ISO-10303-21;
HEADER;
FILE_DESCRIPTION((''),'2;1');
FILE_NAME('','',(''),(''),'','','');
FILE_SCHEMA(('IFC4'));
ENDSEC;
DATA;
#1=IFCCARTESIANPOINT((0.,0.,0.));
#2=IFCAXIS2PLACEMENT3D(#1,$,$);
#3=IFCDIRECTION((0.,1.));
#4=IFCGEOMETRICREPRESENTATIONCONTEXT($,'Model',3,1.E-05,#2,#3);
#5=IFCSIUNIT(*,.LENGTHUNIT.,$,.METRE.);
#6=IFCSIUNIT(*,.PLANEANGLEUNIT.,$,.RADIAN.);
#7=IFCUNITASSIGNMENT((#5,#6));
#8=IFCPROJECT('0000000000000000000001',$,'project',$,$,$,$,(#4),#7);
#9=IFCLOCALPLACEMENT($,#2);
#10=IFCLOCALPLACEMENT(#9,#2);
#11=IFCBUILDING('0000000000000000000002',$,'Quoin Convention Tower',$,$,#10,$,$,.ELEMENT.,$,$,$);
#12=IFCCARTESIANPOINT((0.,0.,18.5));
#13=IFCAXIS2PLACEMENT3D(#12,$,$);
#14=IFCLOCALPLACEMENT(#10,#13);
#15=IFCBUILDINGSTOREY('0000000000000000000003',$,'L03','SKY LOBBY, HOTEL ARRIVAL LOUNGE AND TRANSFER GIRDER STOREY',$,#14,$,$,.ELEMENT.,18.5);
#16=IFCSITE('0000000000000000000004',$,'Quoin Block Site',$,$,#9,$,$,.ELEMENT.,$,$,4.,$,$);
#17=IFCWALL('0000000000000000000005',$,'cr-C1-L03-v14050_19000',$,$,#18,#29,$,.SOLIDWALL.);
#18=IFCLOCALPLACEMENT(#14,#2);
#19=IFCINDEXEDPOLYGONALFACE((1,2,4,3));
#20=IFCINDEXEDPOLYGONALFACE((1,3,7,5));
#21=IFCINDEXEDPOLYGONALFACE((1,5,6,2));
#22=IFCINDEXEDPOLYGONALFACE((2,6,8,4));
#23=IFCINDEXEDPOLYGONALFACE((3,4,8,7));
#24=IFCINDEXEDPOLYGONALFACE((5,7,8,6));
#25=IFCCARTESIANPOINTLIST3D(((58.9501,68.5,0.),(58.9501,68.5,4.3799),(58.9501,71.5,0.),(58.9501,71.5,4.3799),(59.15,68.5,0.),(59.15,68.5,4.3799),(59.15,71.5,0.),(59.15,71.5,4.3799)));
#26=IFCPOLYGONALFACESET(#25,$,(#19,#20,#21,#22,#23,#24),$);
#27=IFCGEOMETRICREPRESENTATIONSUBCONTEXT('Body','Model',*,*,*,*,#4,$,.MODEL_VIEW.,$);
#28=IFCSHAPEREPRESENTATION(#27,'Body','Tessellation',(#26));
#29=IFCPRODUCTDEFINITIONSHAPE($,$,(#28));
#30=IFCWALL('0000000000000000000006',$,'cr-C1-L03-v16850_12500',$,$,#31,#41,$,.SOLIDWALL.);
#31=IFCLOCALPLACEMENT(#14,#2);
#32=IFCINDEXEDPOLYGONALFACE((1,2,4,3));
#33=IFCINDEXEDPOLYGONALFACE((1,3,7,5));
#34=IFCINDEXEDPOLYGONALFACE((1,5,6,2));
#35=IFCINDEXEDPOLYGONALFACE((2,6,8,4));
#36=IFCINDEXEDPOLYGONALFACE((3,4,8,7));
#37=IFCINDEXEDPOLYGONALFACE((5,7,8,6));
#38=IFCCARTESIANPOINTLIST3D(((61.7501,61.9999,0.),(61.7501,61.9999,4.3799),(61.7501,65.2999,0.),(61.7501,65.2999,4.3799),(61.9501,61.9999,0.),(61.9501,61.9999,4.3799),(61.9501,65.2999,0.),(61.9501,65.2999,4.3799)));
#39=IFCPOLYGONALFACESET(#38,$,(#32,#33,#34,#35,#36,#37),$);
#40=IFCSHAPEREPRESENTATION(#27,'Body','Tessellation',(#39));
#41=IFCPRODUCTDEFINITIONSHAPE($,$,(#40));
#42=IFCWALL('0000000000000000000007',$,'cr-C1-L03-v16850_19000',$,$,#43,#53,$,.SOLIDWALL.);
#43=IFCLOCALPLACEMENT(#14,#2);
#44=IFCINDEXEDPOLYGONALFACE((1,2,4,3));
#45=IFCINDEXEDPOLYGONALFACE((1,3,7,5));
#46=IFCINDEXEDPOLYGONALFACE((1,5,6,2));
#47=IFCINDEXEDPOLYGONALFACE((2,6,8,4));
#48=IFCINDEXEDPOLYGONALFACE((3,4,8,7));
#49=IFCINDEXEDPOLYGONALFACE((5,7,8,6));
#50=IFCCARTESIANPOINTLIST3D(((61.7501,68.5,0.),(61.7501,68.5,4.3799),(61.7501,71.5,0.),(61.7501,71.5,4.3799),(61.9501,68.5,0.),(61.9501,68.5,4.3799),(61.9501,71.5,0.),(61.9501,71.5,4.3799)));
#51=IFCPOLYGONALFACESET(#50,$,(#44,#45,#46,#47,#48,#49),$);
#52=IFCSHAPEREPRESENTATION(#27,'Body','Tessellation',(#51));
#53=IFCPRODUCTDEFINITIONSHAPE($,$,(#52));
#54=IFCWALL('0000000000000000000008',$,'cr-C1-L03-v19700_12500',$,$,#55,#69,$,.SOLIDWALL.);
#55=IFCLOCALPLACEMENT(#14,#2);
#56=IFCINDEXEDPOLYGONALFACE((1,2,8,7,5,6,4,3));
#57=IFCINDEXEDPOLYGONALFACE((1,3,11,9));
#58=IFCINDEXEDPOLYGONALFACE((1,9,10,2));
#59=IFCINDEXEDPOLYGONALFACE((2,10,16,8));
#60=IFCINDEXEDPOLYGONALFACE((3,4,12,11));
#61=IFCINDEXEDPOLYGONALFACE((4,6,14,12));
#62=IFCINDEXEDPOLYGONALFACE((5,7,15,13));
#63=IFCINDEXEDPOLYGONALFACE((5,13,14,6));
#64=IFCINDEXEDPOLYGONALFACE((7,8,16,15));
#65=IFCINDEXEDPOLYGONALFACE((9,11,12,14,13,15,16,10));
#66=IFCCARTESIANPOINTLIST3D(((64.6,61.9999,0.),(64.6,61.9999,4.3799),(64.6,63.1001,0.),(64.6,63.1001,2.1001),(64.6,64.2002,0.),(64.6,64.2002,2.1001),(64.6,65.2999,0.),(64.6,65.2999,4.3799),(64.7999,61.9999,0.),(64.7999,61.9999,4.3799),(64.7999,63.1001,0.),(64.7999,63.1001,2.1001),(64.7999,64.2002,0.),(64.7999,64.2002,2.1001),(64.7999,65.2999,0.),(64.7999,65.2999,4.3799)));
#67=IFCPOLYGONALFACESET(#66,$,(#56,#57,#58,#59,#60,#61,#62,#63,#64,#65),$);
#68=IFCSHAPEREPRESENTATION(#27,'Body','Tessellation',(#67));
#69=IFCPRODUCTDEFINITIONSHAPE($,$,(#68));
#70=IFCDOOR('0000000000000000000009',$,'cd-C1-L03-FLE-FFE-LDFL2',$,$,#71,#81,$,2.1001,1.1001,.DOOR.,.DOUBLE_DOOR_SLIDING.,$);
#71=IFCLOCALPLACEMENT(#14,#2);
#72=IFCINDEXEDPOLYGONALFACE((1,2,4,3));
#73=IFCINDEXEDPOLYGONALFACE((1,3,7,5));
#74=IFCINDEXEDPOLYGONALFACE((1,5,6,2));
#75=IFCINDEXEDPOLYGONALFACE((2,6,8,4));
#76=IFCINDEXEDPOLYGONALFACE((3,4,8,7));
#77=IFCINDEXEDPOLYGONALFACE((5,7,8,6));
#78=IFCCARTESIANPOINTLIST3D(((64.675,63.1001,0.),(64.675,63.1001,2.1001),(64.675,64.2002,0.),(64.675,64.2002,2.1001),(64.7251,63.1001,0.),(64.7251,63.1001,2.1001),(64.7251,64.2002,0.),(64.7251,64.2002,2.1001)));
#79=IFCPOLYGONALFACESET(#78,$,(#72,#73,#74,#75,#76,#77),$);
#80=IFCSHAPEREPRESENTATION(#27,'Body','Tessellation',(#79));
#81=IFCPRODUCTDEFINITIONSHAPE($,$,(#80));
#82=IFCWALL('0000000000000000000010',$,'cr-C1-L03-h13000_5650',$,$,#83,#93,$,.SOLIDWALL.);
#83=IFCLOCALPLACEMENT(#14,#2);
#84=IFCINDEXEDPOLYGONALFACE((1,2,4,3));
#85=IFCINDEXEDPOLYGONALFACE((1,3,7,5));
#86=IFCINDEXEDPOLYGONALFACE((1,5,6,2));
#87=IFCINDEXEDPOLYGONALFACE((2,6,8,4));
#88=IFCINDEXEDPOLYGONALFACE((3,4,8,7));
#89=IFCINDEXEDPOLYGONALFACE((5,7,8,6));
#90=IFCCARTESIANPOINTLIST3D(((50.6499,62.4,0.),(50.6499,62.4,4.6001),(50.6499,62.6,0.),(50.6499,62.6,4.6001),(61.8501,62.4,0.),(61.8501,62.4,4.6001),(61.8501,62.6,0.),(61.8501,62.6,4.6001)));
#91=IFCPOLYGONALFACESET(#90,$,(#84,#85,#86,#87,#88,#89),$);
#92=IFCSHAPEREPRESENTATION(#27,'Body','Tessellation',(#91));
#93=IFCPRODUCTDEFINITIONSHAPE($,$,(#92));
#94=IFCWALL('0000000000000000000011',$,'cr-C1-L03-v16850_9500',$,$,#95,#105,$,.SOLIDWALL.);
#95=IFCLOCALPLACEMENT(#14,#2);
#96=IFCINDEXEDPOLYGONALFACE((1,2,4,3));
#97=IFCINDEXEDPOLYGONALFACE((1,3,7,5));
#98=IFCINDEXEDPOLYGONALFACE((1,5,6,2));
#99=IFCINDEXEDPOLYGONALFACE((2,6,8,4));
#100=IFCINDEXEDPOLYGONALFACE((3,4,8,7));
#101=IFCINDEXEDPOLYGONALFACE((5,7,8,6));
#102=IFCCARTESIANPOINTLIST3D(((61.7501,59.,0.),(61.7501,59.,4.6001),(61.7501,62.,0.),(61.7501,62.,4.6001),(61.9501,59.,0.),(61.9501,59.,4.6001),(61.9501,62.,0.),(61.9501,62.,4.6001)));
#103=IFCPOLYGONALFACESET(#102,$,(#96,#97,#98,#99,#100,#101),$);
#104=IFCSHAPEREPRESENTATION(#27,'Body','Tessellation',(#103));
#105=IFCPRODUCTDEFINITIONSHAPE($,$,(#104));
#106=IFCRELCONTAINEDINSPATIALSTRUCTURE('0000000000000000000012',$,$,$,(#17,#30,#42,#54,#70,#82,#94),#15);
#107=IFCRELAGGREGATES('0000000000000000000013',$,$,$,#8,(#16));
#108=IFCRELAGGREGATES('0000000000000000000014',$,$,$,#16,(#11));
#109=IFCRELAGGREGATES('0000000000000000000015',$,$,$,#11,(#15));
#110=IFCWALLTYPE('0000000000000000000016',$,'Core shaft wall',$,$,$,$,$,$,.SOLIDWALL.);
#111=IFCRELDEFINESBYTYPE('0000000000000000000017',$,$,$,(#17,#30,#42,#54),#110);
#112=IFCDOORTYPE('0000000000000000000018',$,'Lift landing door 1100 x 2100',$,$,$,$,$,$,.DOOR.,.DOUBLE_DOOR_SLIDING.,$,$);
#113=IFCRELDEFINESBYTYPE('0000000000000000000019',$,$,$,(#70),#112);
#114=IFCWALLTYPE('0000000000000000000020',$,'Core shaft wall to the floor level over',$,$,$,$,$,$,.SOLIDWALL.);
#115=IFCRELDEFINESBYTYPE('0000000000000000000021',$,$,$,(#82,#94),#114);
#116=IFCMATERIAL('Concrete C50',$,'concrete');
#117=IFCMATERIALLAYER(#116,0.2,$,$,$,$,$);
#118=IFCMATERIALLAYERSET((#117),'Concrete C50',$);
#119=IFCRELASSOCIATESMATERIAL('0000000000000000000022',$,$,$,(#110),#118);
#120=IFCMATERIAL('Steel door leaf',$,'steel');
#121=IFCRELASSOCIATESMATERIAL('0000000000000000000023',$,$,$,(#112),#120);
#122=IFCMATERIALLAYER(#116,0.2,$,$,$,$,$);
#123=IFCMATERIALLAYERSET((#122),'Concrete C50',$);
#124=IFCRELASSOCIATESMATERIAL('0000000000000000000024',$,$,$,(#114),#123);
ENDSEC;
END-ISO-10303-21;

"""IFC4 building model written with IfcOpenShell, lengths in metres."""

from ifc_helpers import new_model, si_unit, direction, frame, frame_2d, origin, place, context, subcontext, project, spatial, rectangle, extrude, material, layer, layer_set, type_object, element, fill, save


model = new_model("IFC4")

# Units and contexts
model_context = context("Model", 3, precision=1e-05, world=origin(), true_north=direction((0.0, 1.0)))
body_context = subcontext(model_context, "Body", "Model", "MODEL_VIEW")
ifc_project = project(units=[si_unit("LENGTHUNIT", "METRE"), si_unit("PLANEANGLEUNIT", "RADIAN")], contexts=[model_context])

# Site, building, storey
site_placement = place(None, origin())
site = spatial("IfcSite", under=ifc_project, at=site_placement, Name="Quoin Block Site", CompositionType="ELEMENT", RefElevation=4.0)
building_placement = place(site_placement, origin())
building = spatial("IfcBuilding", under=site, at=building_placement, Name="Quoin Convention Tower", CompositionType="ELEMENT")
storey_placement = place(building_placement, frame((0.0, 0.0, 18.5)))
storey = spatial("IfcBuildingStorey", under=building, at=storey_placement, Name="L03", Description="SKY LOBBY, HOTEL ARRIVAL LOUNGE AND TRANSFER GIRDER STOREY", CompositionType="ELEMENT", Elevation=18.5)

# Shared definitions
ifc_material_1 = material(Name="Steel door leaf", Category="steel")

# Shared definitions
ifc_material_2 = material(Name="Concrete C50", Category="concrete")
ifc_layer_1 = layer(ifc_material_2, 0.2)
ifc_layer_set_1 = layer_set([ifc_layer_1], Name="Concrete C50")
wall_type_1 = type_object("IfcWallType", Name="Core shaft wall", PredefinedType="SOLIDWALL", material=ifc_layer_set_1)

# Walls
wall_1_placement = place(storey_placement, frame((59.05, 68.5, 0.0), z_axis=(0.0, 0.0, 1.0), x_axis=(0.0, 1.0, 0.0)))
element("IfcWall", 1, at=wall_1_placement, inside=storey, type_object=wall_type_1, Name="cr-C1-L03-v14050_19000", PredefinedType="SOLIDWALL", context=body_context, shape_type="SweptSolid", body=[
    extrude(rectangle(XDim=3.0, YDim=0.2, at=frame_2d((1.5, 0.0))), origin(), (0.0, 0.0, 1.0), 4.3799),
])
wall_2_placement = place(storey_placement, frame((61.8501, 62.0, 0.0), z_axis=(0.0, 0.0, 1.0), x_axis=(0.0, 1.0, 0.0)))
element("IfcWall", 2, at=wall_2_placement, inside=storey, type_object=wall_type_1, Name="cr-C1-L03-v16850_12500", PredefinedType="SOLIDWALL", context=body_context, shape_type="SweptSolid", body=[
    extrude(rectangle(XDim=3.3, YDim=0.2, at=frame_2d((1.6499, 0.0))), origin(), (0.0, 0.0, 1.0), 4.3799),
])
wall_3_placement = place(storey_placement, frame((61.8501, 68.5, 0.0), z_axis=(0.0, 0.0, 1.0), x_axis=(0.0, 1.0, 0.0)))
element("IfcWall", 3, at=wall_3_placement, inside=storey, type_object=wall_type_1, Name="cr-C1-L03-v16850_19000", PredefinedType="SOLIDWALL", context=body_context, shape_type="SweptSolid", body=[
    extrude(rectangle(XDim=3.0, YDim=0.2, at=frame_2d((1.5, 0.0))), origin(), (0.0, 0.0, 1.0), 4.3799),
])

# Wall, opening, door
wall_4_placement = place(storey_placement, frame((64.7, 62.0, 0.0), z_axis=(0.0, 0.0, 1.0), x_axis=(0.0, 1.0, 0.0)))
wall_4 = element("IfcWall", 4, at=wall_4_placement, inside=storey, type_object=wall_type_1, Name="cr-C1-L03-v19700_12500", PredefinedType="SOLIDWALL", context=body_context, shape_type="SweptSolid", body=[
    extrude(rectangle(XDim=3.3, YDim=0.2, at=frame_2d((1.6499, 0.0))), origin(), (0.0, 0.0, 1.0), 4.3799),
])
opening_1_placement = place(wall_4_placement, frame((1.1001, 0.0, 0.0)))
opening_1 = element("IfcOpeningElement", 5, at=opening_1_placement, cuts=wall_4, PredefinedType="OPENING", context=body_context, shape_type="SweptSolid", body=[
    extrude(rectangle(XDim=1.1001, YDim=2.1001, at=frame_2d((0.55, 1.05))), frame((0.0, 0.1099, 0.0), z_axis=(0.0, -1.0, 0.0), x_axis=(1.0, 0.0, 0.0)), (0.0, 0.0, 1.0), 0.22),
])
door_type_1 = type_object("IfcDoorType", Name="Lift landing door 1100 x 2100", OperationType="DOUBLE_DOOR_SLIDING", PredefinedType="DOOR", material=ifc_material_1)
door_1_placement = place(opening_1_placement, origin())
door_1 = element("IfcDoor", 6, at=door_1_placement, inside=storey, type_object=door_type_1, Name="cd-C1-L03-FLE-FFE-LDFL2", OperationType="DOUBLE_DOOR_SLIDING", OverallHeight=2.1001, OverallWidth=1.1001, PredefinedType="DOOR", context=body_context, shape_type="SweptSolid", body=[
    extrude(rectangle(XDim=1.1001, YDim=2.1001, at=frame_2d((0.55, 1.05))), frame((0.0, 0.0249, 0.0), z_axis=(0.0, -1.0, 0.0), x_axis=(1.0, 0.0, 0.0)), (0.0, 0.0, 1.0), 0.05),
])
fill(opening_1, door_1)

# Walls
ifc_layer_2 = layer(ifc_material_2, 0.2)
ifc_layer_set_2 = layer_set([ifc_layer_2], Name="Concrete C50")
wall_type_2 = type_object("IfcWallType", Name="Core shaft wall to the floor level over", PredefinedType="SOLIDWALL", material=ifc_layer_set_2)
wall_5_placement = place(storey_placement, frame((50.6499, 62.5, 0.0), z_axis=(0.0, 0.0, 1.0), x_axis=(1.0, 0.0, 0.0)))
element("IfcWall", 7, at=wall_5_placement, inside=storey, type_object=wall_type_2, Name="cr-C1-L03-h13000_5650", PredefinedType="SOLIDWALL", context=body_context, shape_type="SweptSolid", body=[
    extrude(rectangle(XDim=11.2002, YDim=0.2, at=frame_2d((5.6001, 0.0))), origin(), (0.0, 0.0, 1.0), 4.6001),
])
wall_6_placement = place(storey_placement, frame((61.8501, 59.0, 0.0), z_axis=(0.0, 0.0, 1.0), x_axis=(0.0, 1.0, 0.0)))
element("IfcWall", 8, at=wall_6_placement, inside=storey, type_object=wall_type_2, Name="cr-C1-L03-v16850_9500", PredefinedType="SOLIDWALL", context=body_context, shape_type="SweptSolid", body=[
    extrude(rectangle(XDim=3.0, YDim=0.2, at=frame_2d((1.5, 0.0))), origin(), (0.0, 0.0, 1.0), 4.6001),
])

save(model, "model.ifc")
